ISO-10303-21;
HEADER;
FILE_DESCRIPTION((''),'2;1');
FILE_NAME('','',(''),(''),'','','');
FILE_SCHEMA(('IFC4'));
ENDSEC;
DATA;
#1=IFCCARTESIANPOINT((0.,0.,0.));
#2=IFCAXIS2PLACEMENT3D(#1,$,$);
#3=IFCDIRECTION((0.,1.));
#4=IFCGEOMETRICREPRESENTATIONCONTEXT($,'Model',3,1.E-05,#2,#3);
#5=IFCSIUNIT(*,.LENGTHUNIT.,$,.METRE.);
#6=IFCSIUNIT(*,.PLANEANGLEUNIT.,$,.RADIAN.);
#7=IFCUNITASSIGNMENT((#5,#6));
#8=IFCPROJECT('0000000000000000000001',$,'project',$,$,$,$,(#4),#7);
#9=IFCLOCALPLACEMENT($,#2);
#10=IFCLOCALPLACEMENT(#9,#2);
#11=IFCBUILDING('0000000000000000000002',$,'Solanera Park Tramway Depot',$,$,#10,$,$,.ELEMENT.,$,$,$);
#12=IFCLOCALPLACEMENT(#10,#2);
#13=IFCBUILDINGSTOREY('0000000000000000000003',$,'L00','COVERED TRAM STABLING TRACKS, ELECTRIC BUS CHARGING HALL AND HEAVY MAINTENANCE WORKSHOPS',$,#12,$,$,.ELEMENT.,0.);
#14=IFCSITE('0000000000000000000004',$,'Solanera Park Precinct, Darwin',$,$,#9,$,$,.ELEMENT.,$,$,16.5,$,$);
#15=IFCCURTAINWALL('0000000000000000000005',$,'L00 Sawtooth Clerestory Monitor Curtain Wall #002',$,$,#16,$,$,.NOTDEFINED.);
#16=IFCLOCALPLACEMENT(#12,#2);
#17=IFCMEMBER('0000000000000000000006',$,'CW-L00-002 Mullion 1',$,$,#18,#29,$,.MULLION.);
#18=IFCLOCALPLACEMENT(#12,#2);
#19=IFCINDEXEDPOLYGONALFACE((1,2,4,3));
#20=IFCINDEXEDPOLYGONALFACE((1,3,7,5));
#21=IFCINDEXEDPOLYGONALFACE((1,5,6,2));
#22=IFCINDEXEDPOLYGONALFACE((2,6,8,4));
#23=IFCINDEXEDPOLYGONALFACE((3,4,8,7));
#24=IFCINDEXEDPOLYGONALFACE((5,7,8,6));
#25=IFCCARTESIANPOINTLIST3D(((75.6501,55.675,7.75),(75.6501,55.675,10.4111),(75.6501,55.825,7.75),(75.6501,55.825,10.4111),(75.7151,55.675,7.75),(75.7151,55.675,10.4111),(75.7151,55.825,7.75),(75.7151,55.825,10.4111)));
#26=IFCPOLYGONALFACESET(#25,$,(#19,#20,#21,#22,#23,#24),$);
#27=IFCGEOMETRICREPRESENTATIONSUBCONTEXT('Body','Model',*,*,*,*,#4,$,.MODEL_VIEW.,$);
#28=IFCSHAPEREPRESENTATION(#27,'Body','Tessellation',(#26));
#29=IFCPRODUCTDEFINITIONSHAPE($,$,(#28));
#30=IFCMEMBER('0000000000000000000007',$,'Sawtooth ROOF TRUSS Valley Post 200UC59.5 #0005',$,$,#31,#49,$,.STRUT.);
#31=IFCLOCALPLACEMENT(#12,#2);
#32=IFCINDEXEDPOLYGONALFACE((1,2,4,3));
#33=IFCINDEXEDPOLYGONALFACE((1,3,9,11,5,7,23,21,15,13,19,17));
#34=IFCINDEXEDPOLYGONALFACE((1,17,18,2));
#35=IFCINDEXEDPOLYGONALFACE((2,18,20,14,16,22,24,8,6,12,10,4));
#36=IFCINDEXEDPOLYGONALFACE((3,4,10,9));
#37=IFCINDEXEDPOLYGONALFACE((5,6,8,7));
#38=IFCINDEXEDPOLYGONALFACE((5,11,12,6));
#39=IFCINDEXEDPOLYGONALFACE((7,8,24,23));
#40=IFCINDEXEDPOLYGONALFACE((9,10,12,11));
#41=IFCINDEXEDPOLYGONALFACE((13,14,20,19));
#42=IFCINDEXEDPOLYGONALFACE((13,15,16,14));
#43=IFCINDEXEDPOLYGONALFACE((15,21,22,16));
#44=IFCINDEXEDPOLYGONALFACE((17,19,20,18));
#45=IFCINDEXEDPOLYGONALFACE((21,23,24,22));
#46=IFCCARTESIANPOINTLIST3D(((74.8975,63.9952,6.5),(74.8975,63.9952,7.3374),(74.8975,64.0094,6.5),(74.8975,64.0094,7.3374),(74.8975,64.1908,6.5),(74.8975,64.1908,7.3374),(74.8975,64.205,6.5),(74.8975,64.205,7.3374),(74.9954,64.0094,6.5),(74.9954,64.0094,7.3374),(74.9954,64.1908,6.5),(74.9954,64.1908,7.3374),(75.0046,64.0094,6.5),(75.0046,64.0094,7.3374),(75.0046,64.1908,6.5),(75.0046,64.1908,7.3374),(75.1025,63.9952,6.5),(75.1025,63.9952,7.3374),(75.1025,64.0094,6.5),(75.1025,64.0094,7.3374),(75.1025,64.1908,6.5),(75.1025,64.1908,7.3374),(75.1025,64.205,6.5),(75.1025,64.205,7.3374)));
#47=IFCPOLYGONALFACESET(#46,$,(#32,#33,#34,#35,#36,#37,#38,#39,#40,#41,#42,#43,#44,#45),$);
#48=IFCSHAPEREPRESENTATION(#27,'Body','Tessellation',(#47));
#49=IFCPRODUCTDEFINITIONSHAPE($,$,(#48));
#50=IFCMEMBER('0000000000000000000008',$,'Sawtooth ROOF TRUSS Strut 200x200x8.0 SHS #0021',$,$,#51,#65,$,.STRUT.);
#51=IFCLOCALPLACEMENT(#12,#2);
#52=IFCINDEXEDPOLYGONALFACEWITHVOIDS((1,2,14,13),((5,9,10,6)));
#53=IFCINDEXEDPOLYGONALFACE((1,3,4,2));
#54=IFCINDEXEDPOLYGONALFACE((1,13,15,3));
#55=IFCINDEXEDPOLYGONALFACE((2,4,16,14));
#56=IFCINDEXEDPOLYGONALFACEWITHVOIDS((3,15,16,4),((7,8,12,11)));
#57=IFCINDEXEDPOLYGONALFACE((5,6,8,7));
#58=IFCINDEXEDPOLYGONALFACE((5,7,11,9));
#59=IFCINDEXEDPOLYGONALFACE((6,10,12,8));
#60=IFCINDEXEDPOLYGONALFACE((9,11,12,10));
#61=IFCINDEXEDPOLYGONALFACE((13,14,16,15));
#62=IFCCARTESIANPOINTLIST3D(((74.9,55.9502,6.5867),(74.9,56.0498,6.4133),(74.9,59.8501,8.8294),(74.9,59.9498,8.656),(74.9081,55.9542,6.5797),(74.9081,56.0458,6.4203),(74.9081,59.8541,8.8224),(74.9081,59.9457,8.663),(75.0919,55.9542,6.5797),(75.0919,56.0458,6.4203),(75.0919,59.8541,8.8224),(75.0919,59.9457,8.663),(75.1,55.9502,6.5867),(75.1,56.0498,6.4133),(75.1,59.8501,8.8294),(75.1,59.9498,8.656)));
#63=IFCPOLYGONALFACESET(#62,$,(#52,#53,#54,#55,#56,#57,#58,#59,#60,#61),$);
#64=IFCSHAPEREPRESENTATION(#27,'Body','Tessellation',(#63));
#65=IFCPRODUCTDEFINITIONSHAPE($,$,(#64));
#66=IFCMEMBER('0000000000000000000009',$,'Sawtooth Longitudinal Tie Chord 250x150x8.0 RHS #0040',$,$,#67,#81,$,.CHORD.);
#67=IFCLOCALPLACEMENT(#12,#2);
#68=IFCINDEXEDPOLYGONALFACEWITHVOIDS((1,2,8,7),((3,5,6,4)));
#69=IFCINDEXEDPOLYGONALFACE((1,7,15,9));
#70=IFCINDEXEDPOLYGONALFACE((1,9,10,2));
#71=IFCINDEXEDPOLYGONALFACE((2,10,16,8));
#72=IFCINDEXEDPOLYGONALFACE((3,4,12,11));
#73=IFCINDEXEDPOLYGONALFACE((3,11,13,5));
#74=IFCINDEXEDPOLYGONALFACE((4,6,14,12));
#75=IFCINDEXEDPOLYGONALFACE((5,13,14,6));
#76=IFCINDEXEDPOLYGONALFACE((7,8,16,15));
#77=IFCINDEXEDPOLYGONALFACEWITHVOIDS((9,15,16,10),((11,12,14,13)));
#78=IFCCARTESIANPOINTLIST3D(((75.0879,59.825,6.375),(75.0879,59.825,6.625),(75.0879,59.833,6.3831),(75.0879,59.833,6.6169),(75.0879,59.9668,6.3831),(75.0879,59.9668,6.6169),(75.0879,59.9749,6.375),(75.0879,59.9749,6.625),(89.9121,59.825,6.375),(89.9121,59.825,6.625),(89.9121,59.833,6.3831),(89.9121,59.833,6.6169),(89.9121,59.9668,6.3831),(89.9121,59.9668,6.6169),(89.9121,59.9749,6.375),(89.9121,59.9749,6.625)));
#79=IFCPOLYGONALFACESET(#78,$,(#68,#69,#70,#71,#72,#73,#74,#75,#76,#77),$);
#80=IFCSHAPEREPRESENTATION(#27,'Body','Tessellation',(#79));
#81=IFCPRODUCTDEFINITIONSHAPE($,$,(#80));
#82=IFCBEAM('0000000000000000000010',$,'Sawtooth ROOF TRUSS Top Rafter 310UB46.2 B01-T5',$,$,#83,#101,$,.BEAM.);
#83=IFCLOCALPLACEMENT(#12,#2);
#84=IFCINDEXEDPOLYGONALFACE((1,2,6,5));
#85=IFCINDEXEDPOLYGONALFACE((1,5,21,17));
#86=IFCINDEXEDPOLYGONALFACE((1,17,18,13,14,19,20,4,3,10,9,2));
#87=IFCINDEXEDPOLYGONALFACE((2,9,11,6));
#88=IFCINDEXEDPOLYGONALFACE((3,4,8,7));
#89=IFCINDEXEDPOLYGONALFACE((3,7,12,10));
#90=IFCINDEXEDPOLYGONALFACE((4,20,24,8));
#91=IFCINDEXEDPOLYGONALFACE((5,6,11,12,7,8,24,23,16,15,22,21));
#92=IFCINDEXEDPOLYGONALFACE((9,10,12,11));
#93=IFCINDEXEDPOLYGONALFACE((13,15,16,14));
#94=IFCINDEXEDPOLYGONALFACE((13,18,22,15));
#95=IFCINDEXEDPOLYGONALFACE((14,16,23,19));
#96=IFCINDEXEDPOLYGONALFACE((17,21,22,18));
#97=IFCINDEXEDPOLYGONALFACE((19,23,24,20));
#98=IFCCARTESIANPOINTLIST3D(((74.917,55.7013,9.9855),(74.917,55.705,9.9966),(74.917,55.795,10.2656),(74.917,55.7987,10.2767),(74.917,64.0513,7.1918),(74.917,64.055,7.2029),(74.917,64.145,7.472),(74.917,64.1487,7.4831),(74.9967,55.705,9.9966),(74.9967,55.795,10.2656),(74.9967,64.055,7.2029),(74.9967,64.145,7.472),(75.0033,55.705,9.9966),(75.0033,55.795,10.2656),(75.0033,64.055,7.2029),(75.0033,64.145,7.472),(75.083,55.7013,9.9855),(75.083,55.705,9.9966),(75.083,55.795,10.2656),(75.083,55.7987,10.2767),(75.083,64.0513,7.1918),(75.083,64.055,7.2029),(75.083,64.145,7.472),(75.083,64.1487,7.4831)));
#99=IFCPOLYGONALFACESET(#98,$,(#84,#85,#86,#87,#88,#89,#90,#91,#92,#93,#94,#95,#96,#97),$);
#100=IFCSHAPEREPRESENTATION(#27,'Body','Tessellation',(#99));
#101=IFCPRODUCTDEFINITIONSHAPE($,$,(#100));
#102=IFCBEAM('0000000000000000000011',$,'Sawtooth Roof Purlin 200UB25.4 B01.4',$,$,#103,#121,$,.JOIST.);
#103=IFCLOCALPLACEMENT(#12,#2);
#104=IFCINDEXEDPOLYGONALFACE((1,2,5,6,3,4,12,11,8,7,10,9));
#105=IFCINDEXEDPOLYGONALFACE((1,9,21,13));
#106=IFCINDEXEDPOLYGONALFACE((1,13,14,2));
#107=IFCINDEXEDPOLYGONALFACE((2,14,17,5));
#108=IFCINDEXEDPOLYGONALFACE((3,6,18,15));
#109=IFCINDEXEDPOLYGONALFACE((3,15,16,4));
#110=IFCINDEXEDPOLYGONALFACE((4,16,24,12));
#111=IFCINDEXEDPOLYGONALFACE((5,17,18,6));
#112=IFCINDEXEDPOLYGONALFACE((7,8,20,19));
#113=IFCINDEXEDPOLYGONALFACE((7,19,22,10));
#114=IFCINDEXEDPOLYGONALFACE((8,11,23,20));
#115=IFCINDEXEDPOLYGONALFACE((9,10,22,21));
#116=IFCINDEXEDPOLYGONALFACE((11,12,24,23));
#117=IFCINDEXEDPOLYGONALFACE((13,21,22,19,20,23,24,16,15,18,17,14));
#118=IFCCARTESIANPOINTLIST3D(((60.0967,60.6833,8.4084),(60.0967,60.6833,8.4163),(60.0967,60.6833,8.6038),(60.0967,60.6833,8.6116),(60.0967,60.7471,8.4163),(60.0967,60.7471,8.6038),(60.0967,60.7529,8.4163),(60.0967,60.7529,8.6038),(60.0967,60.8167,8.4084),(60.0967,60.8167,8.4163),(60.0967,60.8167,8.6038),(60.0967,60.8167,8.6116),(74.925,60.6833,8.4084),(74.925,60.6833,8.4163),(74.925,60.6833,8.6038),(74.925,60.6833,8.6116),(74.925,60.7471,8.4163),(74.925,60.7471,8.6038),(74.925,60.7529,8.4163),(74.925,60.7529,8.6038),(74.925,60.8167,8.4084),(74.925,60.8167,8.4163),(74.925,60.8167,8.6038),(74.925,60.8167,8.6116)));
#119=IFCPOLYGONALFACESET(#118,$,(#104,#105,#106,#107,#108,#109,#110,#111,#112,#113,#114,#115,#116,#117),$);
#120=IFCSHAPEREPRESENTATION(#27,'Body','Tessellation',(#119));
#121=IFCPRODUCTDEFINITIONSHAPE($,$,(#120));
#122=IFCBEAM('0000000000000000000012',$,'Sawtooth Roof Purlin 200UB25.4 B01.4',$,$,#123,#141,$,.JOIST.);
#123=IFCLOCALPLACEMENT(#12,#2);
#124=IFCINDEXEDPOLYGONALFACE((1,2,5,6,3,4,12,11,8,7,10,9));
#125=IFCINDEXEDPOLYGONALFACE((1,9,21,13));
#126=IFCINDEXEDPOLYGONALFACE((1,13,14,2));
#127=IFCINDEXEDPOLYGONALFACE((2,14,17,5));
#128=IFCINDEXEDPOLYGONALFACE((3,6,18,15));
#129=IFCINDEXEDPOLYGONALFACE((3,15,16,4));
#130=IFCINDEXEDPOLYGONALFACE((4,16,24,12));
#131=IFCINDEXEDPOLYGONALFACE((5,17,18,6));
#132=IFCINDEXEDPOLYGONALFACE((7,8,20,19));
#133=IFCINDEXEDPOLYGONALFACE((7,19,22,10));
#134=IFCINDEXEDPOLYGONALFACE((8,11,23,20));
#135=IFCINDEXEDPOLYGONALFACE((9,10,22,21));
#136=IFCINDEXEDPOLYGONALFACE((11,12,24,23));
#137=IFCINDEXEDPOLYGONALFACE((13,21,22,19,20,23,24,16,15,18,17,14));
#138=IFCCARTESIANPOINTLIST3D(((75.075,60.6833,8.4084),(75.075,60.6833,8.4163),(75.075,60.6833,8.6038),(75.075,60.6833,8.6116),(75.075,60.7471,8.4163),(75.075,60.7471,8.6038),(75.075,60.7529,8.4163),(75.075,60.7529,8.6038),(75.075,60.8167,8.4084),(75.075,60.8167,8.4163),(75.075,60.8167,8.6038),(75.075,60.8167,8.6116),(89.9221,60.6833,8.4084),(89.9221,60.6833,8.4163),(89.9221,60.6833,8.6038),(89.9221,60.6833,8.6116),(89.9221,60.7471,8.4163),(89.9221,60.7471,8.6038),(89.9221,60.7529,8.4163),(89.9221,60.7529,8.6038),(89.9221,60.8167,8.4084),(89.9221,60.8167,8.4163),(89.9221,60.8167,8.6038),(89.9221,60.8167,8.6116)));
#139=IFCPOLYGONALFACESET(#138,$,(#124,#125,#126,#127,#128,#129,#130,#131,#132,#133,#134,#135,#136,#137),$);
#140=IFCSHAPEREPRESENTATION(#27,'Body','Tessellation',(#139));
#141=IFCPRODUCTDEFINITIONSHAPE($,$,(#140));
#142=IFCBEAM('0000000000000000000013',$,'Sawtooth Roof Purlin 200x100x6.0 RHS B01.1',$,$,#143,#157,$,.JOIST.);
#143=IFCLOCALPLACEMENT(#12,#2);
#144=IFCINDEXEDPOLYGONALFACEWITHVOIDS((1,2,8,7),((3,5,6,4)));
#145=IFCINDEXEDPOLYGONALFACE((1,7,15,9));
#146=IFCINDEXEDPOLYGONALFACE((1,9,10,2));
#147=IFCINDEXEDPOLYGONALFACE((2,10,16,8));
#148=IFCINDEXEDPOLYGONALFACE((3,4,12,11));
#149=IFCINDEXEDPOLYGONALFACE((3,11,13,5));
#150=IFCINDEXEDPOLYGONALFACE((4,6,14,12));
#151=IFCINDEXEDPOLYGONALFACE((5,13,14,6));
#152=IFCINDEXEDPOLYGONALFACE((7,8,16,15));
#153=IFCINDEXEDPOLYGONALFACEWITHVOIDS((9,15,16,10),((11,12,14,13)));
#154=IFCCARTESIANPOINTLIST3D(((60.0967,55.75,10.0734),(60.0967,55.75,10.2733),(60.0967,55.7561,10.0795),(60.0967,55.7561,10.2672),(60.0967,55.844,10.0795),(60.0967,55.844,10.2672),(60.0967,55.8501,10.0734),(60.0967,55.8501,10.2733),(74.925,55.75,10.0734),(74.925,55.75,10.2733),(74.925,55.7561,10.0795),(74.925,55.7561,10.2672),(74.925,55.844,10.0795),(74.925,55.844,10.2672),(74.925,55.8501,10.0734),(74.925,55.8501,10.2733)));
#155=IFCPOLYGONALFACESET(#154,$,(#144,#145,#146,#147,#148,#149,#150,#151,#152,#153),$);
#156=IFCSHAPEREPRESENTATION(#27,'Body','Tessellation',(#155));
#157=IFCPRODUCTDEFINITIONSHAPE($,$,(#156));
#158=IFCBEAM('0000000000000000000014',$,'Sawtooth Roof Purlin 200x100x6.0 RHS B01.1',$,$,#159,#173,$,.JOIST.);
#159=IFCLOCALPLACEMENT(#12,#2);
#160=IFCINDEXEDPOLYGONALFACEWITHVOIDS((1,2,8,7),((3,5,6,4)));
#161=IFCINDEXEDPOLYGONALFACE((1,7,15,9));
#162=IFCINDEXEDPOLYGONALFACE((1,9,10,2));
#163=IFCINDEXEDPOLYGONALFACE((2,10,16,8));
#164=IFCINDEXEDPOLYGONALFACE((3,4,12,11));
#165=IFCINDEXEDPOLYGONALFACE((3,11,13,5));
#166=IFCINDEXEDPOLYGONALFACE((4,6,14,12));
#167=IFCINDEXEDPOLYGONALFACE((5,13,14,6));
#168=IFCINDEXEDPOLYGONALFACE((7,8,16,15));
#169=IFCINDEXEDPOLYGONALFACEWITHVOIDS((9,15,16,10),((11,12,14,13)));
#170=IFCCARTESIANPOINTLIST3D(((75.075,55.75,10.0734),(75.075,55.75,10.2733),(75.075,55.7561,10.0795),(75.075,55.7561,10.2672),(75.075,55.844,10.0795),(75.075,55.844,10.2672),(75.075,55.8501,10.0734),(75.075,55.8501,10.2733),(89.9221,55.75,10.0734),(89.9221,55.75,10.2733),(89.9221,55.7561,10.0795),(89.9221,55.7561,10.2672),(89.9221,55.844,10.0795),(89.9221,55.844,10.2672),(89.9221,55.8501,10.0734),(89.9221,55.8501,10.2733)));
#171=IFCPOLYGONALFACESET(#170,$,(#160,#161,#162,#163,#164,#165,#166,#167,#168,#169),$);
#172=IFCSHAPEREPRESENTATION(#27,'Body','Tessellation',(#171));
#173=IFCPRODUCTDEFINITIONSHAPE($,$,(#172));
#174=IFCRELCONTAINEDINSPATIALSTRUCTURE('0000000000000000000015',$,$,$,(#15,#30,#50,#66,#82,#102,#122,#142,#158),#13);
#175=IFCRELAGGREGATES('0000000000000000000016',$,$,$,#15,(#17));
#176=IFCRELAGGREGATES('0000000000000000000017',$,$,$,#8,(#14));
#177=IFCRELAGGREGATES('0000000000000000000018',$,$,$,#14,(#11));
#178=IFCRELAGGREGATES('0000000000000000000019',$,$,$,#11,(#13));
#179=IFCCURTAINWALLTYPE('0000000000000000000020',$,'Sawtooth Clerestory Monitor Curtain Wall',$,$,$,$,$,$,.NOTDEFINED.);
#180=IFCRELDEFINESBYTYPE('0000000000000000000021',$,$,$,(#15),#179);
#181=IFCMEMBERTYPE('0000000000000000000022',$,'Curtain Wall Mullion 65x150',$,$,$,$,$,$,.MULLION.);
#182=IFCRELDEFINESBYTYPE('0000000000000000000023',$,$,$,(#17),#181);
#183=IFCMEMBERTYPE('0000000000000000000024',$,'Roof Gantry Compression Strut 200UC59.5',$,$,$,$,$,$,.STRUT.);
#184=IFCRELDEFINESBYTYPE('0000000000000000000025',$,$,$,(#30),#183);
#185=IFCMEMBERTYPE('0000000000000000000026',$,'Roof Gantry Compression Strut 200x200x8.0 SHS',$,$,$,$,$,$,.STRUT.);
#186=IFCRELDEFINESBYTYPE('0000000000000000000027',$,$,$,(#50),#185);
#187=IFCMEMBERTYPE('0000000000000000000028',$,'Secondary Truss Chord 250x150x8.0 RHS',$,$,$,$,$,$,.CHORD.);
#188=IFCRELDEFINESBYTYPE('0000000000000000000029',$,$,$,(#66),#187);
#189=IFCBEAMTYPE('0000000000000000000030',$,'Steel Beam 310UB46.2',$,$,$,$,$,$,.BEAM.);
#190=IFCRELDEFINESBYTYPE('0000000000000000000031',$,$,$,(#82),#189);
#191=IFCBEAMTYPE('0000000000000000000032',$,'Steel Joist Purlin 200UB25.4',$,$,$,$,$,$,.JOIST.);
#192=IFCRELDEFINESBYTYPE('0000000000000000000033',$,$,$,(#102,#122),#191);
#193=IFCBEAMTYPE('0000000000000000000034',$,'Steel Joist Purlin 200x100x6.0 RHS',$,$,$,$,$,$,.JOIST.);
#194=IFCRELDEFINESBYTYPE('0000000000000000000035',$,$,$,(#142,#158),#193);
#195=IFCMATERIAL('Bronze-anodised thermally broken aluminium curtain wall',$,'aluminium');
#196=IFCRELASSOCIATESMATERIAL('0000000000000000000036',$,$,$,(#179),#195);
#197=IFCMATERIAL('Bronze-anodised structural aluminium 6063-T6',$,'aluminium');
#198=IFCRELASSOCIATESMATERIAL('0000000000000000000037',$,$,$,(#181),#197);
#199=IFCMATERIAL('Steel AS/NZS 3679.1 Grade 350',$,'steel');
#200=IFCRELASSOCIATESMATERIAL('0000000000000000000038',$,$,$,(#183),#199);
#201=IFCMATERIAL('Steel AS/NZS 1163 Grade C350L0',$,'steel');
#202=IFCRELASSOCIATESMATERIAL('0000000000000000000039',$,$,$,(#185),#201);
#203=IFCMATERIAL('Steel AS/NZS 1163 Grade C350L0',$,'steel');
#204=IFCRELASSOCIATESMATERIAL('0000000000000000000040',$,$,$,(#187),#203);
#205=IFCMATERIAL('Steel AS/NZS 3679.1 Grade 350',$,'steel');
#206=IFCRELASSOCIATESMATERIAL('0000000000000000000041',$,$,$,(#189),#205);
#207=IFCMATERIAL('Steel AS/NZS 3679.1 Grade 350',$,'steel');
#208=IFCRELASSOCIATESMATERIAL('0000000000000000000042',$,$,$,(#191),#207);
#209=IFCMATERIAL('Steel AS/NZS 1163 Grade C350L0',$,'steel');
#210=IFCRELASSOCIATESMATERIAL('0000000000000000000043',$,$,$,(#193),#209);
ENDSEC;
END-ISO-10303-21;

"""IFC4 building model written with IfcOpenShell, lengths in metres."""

from ifc_helpers import new_model, si_unit, direction, frame, origin, origin_2d, place, context, subcontext, project, spatial, rectangle, hollow_rectangle, i_section, extrude, material, material_profile, profile_set, type_object, element, aggregate, save


model = new_model("IFC4")

# Units and contexts
model_context = context("Model", 3, precision=1e-05, world=origin(), true_north=direction((0.0, 1.0)))
body_context = subcontext(model_context, "Body", "Model", "MODEL_VIEW")
ifc_project = project(units=[si_unit("LENGTHUNIT", "METRE"), si_unit("PLANEANGLEUNIT", "RADIAN")], contexts=[model_context])

# Site, building, storey
site_placement = place(None, origin())
site = spatial("IfcSite", under=ifc_project, at=site_placement, Name="Solanera Park Precinct, Darwin", CompositionType="ELEMENT", RefElevation=16.5)
building_placement = place(site_placement, origin())
building = spatial("IfcBuilding", under=site, at=building_placement, Name="Solanera Park Tramway Depot", CompositionType="ELEMENT")
storey_placement = place(building_placement, origin())
storey = spatial("IfcBuildingStorey", under=building, at=storey_placement, Name="L00", Description="COVERED TRAM STABLING TRACKS, ELECTRIC BUS CHARGING HALL AND HEAVY MAINTENANCE WORKSHOPS", CompositionType="ELEMENT", Elevation=0.0)

# Curtain wall, member
ifc_material_1 = material(Name="Bronze-anodised thermally broken aluminium curtain wall", Category="aluminium")
curtain_wall_type = type_object("IfcCurtainWallType", Name="Sawtooth Clerestory Monitor Curtain Wall", PredefinedType="NOTDEFINED", material=ifc_material_1)
curtain_wall_placement = place(storey_placement, origin())
curtain_wall = element("IfcCurtainWall", 1, at=curtain_wall_placement, inside=storey, type_object=curtain_wall_type, Name="L00 Sawtooth Clerestory Monitor Curtain Wall #002", PredefinedType="NOTDEFINED")
ifc_material_2 = material(Name="Bronze-anodised structural aluminium 6063-T6", Category="aluminium")
ifc_material_profile_1 = material_profile(ifc_material_2, rectangle(XDim=0.0649, YDim=0.1499, at=origin_2d()), Name="Curtain Wall Mullion 65x150")
ifc_profile_set_1 = profile_set([ifc_material_profile_1], Name="Bronze-anodised structural aluminium 6063-T6")
member_type_1 = type_object("IfcMemberType", Name="Curtain Wall Mullion 65x150", PredefinedType="MULLION", material=ifc_profile_set_1)
member_1_placement = place(storey_placement, frame((75.6826, 55.75, 7.75), z_axis=(0.0, 0.0, 1.0), x_axis=(1.0, 0.0, 0.0)))
member_1 = element("IfcMember", 2, at=member_1_placement, type_object=member_type_1, Name="CW-L00-002 Mullion 1", PredefinedType="MULLION", context=body_context, shape_type="SweptSolid", body=[
    extrude(rectangle(XDim=0.0649, YDim=0.1499, at=origin_2d()), origin(), (0.0, 0.0, 1.0), 2.6611),
])
aggregate(curtain_wall, [member_1])

# Members
ifc_material_3 = material(Name="Steel AS/NZS 3679.1 Grade 350", Category="steel")
ifc_material_profile_2 = material_profile(ifc_material_3, i_section(OverallWidth=0.2051, OverallDepth=0.2097, WebThickness=0.0093, FlangeThickness=0.0142, at=origin_2d()), Name="200UC59.5")
ifc_profile_set_2 = profile_set([ifc_material_profile_2], Name="Steel AS/NZS 3679.1 Grade 350")
member_type_2 = type_object("IfcMemberType", Name="Roof Gantry Compression Strut 200UC59.5", PredefinedType="STRUT", material=ifc_profile_set_2)
member_2_placement = place(storey_placement, frame((75.0, 64.1001, 6.5), z_axis=(0.0, 0.0, 1.0), x_axis=(1.0, 0.0, 0.0)))
element("IfcMember", 3, at=member_2_placement, inside=storey, type_object=member_type_2, Name="Sawtooth ROOF TRUSS Valley Post 200UC59.5 #0005", PredefinedType="STRUT", context=body_context, shape_type="SweptSolid", body=[
    extrude(i_section(OverallWidth=0.2051, OverallDepth=0.2097, WebThickness=0.0093, FlangeThickness=0.0142, at=origin_2d()), origin(), (0.0, 0.0, 1.0), 0.8374),
])
ifc_material_4 = material(Name="Steel AS/NZS 1163 Grade C350L0", Category="steel")
ifc_material_profile_3 = material_profile(ifc_material_4, hollow_rectangle(XDim=0.2, YDim=0.2, WallThickness=0.0081, at=origin_2d()), Name="200x200x8.0 SHS")
ifc_profile_set_3 = profile_set([ifc_material_profile_3], Name="Steel AS/NZS 1163 Grade C350L0")
member_type_3 = type_object("IfcMemberType", Name="Roof Gantry Compression Strut 200x200x8.0 SHS", PredefinedType="STRUT", material=ifc_profile_set_3)
member_3_placement = place(storey_placement, frame((75.0, 56.0, 6.5), z_axis=(0.0, 0.866884, 0.49851), x_axis=(-1.0, 0.0, 0.0)))
element("IfcMember", 4, at=member_3_placement, inside=storey, type_object=member_type_3, Name="Sawtooth ROOF TRUSS Strut 200x200x8.0 SHS #0021", PredefinedType="STRUT", context=body_context, shape_type="SweptSolid", body=[
    extrude(hollow_rectangle(XDim=0.2, YDim=0.2, WallThickness=0.0081, at=origin_2d()), origin(), (0.0, 0.0, 1.0), 4.4988),
])
ifc_material_5 = material(Name="Steel AS/NZS 1163 Grade C350L0", Category="steel")
ifc_material_profile_4 = material_profile(ifc_material_5, hollow_rectangle(XDim=0.1499, YDim=0.25, WallThickness=0.0081, at=origin_2d()), Name="250x150x8.0 RHS")
ifc_profile_set_4 = profile_set([ifc_material_profile_4], Name="Steel AS/NZS 1163 Grade C350L0")
member_type_4 = type_object("IfcMemberType", Name="Secondary Truss Chord 250x150x8.0 RHS", PredefinedType="CHORD", material=ifc_profile_set_4)
member_4_placement = place(storey_placement, frame((75.0879, 59.8999, 6.5), z_axis=(1.0, 0.0, 0.0), x_axis=(0.0, 1.0, 0.0)))
element("IfcMember", 5, at=member_4_placement, inside=storey, type_object=member_type_4, Name="Sawtooth Longitudinal Tie Chord 250x150x8.0 RHS #0040", PredefinedType="CHORD", context=body_context, shape_type="SweptSolid", body=[
    extrude(hollow_rectangle(XDim=0.1499, YDim=0.25, WallThickness=0.0081, at=origin_2d()), origin(), (0.0, 0.0, 1.0), 14.8242),
])

# Beams
ifc_material_6 = material(Name="Steel AS/NZS 3679.1 Grade 350", Category="steel")
ifc_material_profile_5 = material_profile(ifc_material_6, i_section(OverallWidth=0.166, OverallDepth=0.3071, WebThickness=0.0066, FlangeThickness=0.0117, at=origin_2d()), Name="310UB46.2")
ifc_profile_set_5 = profile_set([ifc_material_profile_5], Name="Steel AS/NZS 3679.1 Grade 350")
beam_type_1 = type_object("IfcBeamType", Name="Steel Beam 310UB46.2", PredefinedType="BEAM", material=ifc_profile_set_5)
beam_1_placement = place(storey_placement, frame((75.0, 55.75, 10.1311), z_axis=(0.0, 0.948331, -0.317284), x_axis=(-1.0, 0.0, 0.0)))
element("IfcBeam", 6, at=beam_1_placement, inside=storey, type_object=beam_type_1, Name="Sawtooth ROOF TRUSS Top Rafter 310UB46.2 B01-T5", PredefinedType="BEAM", context=body_context, shape_type="SweptSolid", body=[
    extrude(i_section(OverallWidth=0.166, OverallDepth=0.3071, WebThickness=0.0066, FlangeThickness=0.0117, at=origin_2d()), origin(), (0.0, 0.0, 1.0), 8.8049),
])
ifc_material_7 = material(Name="Steel AS/NZS 3679.1 Grade 350", Category="steel")
ifc_material_profile_6 = material_profile(ifc_material_7, i_section(OverallWidth=0.1333, OverallDepth=0.2031, WebThickness=0.0059, FlangeThickness=0.0078, at=origin_2d()), Name="200UB25.4")
ifc_profile_set_6 = profile_set([ifc_material_profile_6], Name="Steel AS/NZS 3679.1 Grade 350")
beam_type_2 = type_object("IfcBeamType", Name="Steel Joist Purlin 200UB25.4", PredefinedType="JOIST", material=ifc_profile_set_6)
beam_2_placement = place(storey_placement, frame((60.0967, 60.75, 8.51), z_axis=(1.0, 0.0, 0.0), x_axis=(0.0, 1.0, 0.0)))
element("IfcBeam", 7, at=beam_2_placement, inside=storey, type_object=beam_type_2, Name="Sawtooth Roof Purlin 200UB25.4 B01.4", PredefinedType="JOIST", context=body_context, shape_type="SweptSolid", body=[
    extrude(i_section(OverallWidth=0.1333, OverallDepth=0.2031, WebThickness=0.0059, FlangeThickness=0.0078, at=origin_2d()), origin(), (0.0, 0.0, 1.0), 14.8284),
])
beam_3_placement = place(storey_placement, frame((75.075, 60.75, 8.51), z_axis=(1.0, 0.0, 0.0), x_axis=(0.0, 1.0, 0.0)))
element("IfcBeam", 8, at=beam_3_placement, inside=storey, type_object=beam_type_2, Name="Sawtooth Roof Purlin 200UB25.4 B01.4", PredefinedType="JOIST", context=body_context, shape_type="SweptSolid", body=[
    extrude(i_section(OverallWidth=0.1333, OverallDepth=0.2031, WebThickness=0.0059, FlangeThickness=0.0078, at=origin_2d()), origin(), (0.0, 0.0, 1.0), 14.8472),
])
ifc_material_8 = material(Name="Steel AS/NZS 1163 Grade C350L0", Category="steel")
ifc_material_profile_7 = material_profile(ifc_material_8, hollow_rectangle(XDim=0.1001, YDim=0.2, WallThickness=0.0061, at=origin_2d()), Name="200x100x6.0 RHS")
ifc_profile_set_7 = profile_set([ifc_material_profile_7], Name="Steel AS/NZS 1163 Grade C350L0")
beam_type_3 = type_object("IfcBeamType", Name="Steel Joist Purlin 200x100x6.0 RHS", PredefinedType="JOIST", material=ifc_profile_set_7)
beam_4_placement = place(storey_placement, frame((60.0967, 55.8, 10.1733), z_axis=(1.0, 0.0, 0.0), x_axis=(0.0, 1.0, 0.0)))
element("IfcBeam", 9, at=beam_4_placement, inside=storey, type_object=beam_type_3, Name="Sawtooth Roof Purlin 200x100x6.0 RHS B01.1", PredefinedType="JOIST", context=body_context, shape_type="SweptSolid", body=[
    extrude(hollow_rectangle(XDim=0.1001, YDim=0.2, WallThickness=0.0061, at=origin_2d()), origin(), (0.0, 0.0, 1.0), 14.8284),
])
beam_5_placement = place(storey_placement, frame((75.075, 55.8, 10.1733), z_axis=(1.0, 0.0, 0.0), x_axis=(0.0, 1.0, 0.0)))
element("IfcBeam", 10, at=beam_5_placement, inside=storey, type_object=beam_type_3, Name="Sawtooth Roof Purlin 200x100x6.0 RHS B01.1", PredefinedType="JOIST", context=body_context, shape_type="SweptSolid", body=[
    extrude(hollow_rectangle(XDim=0.1001, YDim=0.2, WallThickness=0.0061, at=origin_2d()), origin(), (0.0, 0.0, 1.0), 14.8472),
])

save(model, "model.ifc")
